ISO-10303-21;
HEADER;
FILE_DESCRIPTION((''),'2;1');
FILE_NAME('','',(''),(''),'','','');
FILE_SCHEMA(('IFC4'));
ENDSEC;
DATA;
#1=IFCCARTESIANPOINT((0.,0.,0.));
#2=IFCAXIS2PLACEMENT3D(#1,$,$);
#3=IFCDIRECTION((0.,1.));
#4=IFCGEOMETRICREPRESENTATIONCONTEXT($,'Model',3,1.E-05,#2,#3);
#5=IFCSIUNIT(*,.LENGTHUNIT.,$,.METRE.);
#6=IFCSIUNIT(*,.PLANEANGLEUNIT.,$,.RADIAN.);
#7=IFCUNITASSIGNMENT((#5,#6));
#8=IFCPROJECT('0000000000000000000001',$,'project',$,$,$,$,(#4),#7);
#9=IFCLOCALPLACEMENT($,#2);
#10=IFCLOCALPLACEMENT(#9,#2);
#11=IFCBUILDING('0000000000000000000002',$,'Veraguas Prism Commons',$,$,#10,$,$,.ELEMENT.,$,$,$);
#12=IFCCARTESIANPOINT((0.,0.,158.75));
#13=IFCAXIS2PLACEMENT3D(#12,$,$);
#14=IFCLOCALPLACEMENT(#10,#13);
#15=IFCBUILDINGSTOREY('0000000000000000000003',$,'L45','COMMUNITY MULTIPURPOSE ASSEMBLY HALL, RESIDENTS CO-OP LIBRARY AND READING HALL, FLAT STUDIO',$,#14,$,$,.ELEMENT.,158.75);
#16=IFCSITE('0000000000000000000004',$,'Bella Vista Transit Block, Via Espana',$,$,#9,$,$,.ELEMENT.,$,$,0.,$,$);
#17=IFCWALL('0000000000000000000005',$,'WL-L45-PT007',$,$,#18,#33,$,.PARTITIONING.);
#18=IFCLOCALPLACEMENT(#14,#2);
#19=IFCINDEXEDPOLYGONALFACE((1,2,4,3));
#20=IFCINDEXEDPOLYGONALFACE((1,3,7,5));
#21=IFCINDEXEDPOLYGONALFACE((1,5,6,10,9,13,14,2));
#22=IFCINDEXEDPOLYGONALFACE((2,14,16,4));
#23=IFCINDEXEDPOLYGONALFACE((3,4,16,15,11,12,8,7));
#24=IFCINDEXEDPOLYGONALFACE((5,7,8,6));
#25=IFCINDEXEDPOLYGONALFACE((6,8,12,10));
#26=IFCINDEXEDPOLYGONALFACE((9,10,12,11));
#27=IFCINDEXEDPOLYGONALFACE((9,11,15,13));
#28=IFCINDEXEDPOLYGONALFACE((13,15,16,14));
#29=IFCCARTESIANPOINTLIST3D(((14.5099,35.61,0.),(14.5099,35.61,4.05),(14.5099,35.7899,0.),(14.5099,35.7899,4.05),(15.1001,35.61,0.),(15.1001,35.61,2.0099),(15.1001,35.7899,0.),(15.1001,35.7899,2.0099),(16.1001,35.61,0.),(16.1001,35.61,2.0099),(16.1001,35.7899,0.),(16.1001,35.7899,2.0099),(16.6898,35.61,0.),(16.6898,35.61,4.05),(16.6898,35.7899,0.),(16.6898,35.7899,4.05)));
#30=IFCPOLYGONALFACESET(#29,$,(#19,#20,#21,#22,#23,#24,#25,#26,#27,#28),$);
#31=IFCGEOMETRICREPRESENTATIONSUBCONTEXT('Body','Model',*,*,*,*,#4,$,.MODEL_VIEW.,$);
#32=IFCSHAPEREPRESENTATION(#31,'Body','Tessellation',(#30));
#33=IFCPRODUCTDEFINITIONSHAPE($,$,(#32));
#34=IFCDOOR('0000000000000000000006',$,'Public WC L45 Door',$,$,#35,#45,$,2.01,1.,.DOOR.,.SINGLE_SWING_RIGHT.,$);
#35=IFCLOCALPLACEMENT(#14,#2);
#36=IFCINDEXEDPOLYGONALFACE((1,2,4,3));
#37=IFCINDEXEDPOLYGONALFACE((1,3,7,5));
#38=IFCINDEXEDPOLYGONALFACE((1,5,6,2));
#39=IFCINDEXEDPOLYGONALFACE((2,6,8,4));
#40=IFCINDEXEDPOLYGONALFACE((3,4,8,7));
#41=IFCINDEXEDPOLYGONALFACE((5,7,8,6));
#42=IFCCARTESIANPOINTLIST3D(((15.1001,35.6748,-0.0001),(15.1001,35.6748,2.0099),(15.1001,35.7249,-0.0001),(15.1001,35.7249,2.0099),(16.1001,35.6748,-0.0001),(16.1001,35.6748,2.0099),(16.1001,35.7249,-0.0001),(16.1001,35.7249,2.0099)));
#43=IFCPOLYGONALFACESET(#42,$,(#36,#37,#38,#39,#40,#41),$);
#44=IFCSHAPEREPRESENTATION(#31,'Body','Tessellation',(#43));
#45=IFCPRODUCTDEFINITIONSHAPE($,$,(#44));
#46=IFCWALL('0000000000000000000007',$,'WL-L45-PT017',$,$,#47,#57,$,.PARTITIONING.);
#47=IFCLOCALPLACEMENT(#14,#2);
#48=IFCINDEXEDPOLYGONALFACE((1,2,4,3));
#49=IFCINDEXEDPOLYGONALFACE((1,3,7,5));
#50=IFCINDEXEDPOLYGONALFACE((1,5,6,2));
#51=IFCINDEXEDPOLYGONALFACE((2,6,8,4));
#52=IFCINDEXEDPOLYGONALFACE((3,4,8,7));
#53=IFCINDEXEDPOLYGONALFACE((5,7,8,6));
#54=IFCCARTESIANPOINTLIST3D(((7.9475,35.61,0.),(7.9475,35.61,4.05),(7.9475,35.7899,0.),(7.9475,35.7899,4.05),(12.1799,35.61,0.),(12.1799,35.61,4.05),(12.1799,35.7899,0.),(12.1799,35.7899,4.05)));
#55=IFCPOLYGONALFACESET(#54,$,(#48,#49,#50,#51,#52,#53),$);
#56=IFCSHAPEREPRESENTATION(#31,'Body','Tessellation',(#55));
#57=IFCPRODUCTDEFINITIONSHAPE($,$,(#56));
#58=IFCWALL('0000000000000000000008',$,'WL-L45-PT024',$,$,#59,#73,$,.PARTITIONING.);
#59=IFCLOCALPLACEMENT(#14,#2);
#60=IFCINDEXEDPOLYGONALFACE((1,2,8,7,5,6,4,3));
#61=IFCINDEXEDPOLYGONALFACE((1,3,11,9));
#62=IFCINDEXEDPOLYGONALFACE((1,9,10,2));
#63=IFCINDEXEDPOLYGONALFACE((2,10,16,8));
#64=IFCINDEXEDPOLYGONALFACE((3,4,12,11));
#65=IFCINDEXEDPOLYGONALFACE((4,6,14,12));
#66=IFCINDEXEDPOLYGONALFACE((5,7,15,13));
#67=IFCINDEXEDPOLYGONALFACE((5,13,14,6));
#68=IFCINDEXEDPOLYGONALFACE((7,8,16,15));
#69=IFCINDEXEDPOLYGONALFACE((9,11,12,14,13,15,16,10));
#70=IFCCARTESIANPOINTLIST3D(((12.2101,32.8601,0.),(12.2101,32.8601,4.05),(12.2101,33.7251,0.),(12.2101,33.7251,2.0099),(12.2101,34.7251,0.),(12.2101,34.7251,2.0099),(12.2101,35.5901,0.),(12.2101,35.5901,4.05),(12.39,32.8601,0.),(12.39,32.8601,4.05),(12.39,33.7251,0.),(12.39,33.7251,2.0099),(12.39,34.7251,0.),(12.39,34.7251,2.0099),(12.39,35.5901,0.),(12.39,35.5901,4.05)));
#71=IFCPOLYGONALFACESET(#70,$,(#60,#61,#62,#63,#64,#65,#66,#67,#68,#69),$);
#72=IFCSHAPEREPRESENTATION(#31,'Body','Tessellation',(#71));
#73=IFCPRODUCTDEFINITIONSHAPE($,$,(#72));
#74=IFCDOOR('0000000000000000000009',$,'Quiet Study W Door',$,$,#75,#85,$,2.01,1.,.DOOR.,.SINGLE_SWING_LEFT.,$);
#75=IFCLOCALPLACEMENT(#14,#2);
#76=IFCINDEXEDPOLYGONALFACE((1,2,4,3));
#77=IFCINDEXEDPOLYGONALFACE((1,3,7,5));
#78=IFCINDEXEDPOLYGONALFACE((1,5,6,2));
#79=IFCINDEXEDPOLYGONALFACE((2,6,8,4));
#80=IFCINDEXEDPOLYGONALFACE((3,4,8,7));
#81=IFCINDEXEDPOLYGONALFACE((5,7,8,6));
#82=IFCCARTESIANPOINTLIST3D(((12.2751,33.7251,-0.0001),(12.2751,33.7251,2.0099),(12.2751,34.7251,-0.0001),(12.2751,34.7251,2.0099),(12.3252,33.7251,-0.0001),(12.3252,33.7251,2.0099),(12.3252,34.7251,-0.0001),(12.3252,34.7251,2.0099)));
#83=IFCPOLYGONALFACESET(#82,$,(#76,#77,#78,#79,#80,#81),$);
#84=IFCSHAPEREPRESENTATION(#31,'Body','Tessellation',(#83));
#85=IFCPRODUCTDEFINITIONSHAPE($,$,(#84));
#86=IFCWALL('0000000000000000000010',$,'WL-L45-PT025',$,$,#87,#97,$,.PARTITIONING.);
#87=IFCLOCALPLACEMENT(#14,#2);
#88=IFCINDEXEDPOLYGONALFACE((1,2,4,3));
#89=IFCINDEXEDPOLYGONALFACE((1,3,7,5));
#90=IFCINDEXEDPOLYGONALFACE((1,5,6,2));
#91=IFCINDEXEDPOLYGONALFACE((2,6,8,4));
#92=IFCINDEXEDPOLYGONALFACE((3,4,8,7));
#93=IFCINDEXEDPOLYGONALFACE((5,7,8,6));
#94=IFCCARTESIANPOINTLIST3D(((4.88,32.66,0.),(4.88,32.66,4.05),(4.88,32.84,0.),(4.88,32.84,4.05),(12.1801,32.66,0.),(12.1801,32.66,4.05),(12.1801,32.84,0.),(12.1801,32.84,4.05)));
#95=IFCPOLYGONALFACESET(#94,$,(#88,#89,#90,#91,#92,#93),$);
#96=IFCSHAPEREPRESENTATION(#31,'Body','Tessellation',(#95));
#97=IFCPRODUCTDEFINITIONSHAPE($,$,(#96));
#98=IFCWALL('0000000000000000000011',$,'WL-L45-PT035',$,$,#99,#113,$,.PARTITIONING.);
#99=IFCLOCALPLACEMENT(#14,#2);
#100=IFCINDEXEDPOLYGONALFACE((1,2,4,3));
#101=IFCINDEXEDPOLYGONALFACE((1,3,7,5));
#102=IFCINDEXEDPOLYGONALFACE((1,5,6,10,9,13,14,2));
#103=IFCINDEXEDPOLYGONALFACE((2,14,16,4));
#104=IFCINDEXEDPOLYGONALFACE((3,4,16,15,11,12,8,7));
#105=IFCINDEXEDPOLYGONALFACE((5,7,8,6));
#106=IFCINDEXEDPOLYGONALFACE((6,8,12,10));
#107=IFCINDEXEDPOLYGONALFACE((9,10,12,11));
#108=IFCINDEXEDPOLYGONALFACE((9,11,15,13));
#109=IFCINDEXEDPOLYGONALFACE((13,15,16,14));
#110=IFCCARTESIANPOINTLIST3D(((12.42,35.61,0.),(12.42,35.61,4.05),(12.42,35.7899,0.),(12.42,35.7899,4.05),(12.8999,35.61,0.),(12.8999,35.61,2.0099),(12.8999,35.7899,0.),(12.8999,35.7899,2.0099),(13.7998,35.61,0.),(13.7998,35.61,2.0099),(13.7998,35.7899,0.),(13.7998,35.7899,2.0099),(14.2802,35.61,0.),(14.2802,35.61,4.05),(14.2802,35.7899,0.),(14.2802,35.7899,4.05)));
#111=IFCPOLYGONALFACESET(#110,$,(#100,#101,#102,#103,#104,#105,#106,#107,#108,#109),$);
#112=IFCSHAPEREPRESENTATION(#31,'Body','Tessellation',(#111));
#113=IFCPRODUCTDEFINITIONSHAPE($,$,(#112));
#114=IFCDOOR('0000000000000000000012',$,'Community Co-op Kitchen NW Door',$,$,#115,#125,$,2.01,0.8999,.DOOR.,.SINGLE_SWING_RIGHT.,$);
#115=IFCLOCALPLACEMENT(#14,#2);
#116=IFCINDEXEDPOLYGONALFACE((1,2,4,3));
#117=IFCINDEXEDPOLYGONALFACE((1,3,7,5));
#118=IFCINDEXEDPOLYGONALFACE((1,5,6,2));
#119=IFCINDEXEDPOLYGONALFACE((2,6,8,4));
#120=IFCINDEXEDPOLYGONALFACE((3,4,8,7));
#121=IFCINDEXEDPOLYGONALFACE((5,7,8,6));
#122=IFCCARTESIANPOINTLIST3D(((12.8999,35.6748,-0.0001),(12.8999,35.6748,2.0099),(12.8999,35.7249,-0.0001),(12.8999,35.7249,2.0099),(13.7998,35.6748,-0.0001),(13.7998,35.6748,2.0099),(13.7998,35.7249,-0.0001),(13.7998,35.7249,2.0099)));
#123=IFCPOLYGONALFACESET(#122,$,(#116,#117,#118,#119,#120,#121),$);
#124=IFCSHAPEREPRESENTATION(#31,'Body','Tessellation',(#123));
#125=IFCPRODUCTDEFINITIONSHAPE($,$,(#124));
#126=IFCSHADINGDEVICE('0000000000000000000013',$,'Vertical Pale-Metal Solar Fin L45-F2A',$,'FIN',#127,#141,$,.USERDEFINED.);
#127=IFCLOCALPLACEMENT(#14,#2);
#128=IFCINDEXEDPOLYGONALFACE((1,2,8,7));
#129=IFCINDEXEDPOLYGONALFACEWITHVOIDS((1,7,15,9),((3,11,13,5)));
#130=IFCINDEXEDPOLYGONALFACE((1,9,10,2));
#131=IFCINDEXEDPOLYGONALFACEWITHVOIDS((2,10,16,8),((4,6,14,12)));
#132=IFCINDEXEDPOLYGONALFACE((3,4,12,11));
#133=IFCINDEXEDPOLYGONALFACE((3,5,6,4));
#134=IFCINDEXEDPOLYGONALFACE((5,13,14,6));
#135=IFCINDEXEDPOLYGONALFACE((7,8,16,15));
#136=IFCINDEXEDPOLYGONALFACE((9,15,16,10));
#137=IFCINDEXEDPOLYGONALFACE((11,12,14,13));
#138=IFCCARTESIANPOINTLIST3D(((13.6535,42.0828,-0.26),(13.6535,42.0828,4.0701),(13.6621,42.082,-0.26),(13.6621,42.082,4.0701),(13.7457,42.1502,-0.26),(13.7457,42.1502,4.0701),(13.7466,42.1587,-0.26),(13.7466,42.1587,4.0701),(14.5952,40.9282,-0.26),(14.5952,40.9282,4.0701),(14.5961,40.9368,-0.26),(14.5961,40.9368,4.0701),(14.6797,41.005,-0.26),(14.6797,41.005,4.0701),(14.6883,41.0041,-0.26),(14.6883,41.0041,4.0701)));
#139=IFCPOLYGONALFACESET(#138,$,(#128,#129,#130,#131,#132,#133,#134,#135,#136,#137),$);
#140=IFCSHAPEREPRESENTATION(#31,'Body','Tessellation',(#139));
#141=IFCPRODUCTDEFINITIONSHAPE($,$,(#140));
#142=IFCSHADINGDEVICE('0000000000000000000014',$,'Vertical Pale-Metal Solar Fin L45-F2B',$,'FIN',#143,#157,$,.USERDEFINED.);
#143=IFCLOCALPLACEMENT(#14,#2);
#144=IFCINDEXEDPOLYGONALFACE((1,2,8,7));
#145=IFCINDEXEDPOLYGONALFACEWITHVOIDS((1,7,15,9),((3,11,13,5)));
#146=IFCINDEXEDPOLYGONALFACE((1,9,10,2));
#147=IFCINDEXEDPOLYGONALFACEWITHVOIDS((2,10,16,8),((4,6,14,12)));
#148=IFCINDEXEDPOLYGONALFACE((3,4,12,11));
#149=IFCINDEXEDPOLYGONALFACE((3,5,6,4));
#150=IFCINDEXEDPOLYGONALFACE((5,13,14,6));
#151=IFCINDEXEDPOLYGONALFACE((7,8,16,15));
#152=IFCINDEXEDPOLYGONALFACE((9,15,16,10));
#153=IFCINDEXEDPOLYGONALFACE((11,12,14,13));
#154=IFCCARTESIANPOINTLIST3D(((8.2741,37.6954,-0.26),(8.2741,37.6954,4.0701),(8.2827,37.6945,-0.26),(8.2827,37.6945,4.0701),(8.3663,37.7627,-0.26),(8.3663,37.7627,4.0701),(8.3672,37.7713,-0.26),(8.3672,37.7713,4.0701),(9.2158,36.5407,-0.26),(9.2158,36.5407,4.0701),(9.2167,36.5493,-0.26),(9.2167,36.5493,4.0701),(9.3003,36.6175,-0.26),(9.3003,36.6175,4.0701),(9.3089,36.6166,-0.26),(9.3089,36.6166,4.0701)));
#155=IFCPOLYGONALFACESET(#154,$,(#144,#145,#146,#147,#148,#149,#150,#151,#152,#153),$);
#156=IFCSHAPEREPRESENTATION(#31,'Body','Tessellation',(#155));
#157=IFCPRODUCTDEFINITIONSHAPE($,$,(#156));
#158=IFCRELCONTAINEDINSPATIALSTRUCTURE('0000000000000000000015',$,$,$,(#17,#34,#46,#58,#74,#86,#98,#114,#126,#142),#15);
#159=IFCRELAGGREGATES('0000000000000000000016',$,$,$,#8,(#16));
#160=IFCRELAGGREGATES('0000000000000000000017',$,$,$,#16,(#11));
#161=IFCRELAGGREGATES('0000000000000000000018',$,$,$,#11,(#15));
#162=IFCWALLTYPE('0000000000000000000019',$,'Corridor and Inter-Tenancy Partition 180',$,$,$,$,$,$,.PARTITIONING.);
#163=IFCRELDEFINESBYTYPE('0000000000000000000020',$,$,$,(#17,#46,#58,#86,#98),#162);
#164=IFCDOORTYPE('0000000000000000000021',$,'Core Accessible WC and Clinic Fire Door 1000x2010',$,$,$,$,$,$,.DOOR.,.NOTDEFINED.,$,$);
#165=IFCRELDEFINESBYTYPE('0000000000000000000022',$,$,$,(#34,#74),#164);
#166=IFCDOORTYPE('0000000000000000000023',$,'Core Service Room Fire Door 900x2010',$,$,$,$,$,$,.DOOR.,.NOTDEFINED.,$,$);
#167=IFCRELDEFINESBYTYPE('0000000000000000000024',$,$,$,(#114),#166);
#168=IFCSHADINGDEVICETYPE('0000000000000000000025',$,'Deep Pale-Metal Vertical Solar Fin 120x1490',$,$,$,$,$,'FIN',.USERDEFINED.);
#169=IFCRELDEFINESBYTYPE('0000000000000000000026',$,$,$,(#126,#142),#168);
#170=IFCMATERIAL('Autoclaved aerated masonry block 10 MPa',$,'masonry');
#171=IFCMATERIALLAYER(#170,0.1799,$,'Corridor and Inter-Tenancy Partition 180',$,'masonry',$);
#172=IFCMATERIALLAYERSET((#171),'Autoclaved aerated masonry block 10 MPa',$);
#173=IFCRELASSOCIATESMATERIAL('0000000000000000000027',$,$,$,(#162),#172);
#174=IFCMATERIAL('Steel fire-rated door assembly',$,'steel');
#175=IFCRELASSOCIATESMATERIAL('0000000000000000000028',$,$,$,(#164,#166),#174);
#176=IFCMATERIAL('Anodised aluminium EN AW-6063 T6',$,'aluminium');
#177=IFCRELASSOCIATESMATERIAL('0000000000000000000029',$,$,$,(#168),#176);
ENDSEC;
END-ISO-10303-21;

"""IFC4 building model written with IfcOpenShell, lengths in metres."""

from ifc_helpers import new_model, si_unit, direction, frame, frame_2d, origin, origin_2d, place, context, subcontext, project, spatial, rectangle, hollow_rectangle, extrude, source, transform, mapped, material, layer, layer_set, material_profile, profile_set, type_object, element, fill, save


model = new_model("IFC4")

# Units and contexts
model_context = context("Model", 3, precision=1e-05, world=origin(), true_north=direction((0.0, 1.0)))
body_context = subcontext(model_context, "Body", "Model", "MODEL_VIEW")
ifc_project = project(units=[si_unit("LENGTHUNIT", "METRE"), si_unit("PLANEANGLEUNIT", "RADIAN")], contexts=[model_context])

# Site, building, storey
site_placement = place(None, origin())
site = spatial("IfcSite", under=ifc_project, at=site_placement, Name="Bella Vista Transit Block, Via Espana", CompositionType="ELEMENT", RefElevation=0.0)
building_placement = place(site_placement, origin())
building = spatial("IfcBuilding", under=site, at=building_placement, Name="Veraguas Prism Commons", CompositionType="ELEMENT")
storey_placement = place(building_placement, frame((0.0, 0.0, 158.75)))
storey = spatial("IfcBuildingStorey", under=building, at=storey_placement, Name="L45", Description="COMMUNITY MULTIPURPOSE ASSEMBLY HALL, RESIDENTS CO-OP LIBRARY AND READING HALL, FLAT STUDIO", CompositionType="ELEMENT", Elevation=158.75)

# Shared definitions
ifc_material_1 = material(Name="Anodised aluminium EN AW-6063 T6", Category="aluminium")

# Shared definitions
ifc_material_2 = material(Name="Autoclaved aerated masonry block 10 MPa", Category="masonry")
ifc_layer_1 = layer(ifc_material_2, 0.1799, Name="Corridor and Inter-Tenancy Partition 180", Category="masonry")
ifc_layer_set_1 = layer_set([ifc_layer_1], Name="Autoclaved aerated masonry block 10 MPa")
wall_type = type_object("IfcWallType", Name="Corridor and Inter-Tenancy Partition 180", PredefinedType="PARTITIONING", material=ifc_layer_set_1)

# Wall, opening, door
wall_1_placement = place(storey_placement, frame((14.51, 35.7, 0.0), z_axis=(0.0, 0.0, 1.0), x_axis=(1.0, 0.0, 0.0)))
wall_1 = element("IfcWall", 1, at=wall_1_placement, inside=storey, type_object=wall_type, Name="WL-L45-PT007", PredefinedType="PARTITIONING", context=body_context, shape_type="SweptSolid", body=[
    extrude(rectangle(XDim=2.1799, YDim=0.1799, at=frame_2d((1.0898, 0.0))), origin(), (0.0, 0.0, 1.0), 4.05),
])
opening_1_placement = place(wall_1_placement, frame((0.5901, 0.0, 0.0)))
opening_1 = element("IfcOpeningElement", 2, at=opening_1_placement, cuts=wall_1, PredefinedType="OPENING", context=body_context, shape_type="SweptSolid", body=[
    extrude(rectangle(XDim=1.0, YDim=2.01, at=frame_2d((0.5, 1.0049))), frame((0.0, 0.0999, 0.0), z_axis=(0.0, -1.0, 0.0), x_axis=(1.0, 0.0, 0.0)), (0.0, 0.0, 1.0), 0.2),
])
ifc_material_3 = material(Name="Steel fire-rated door assembly", Category="steel")
door_type_1 = type_object("IfcDoorType", Name="Core Accessible WC and Clinic Fire Door 1000x2010", OperationType="NOTDEFINED", PredefinedType="DOOR", material=ifc_material_3)
shared_shape_1 = source(origin(), body_context, "Body", "SweptSolid", [
    extrude(rectangle(XDim=1.0, YDim=2.01, at=frame_2d((0.5, 1.0049))), frame((0.0, 0.0249, 0.0), z_axis=(0.0, -1.0, 0.0), x_axis=(1.0, 0.0, 0.0)), (0.0, 0.0, 1.0), 0.05),
])
door_1_placement = place(opening_1_placement, origin())
door_1 = element("IfcDoor", 3, at=door_1_placement, inside=storey, type_object=door_type_1, Name="Public WC L45 Door", OperationType="SINGLE_SWING_RIGHT", OverallHeight=2.01, OverallWidth=1.0, PredefinedType="DOOR", context=body_context, shape_type="MappedRepresentation", body=[
    mapped(shared_shape_1, transform((0.0, 0.0, 0.0), scale=1.0)),
])
fill(opening_1, door_1)

# Wall
wall_2_placement = place(storey_placement, frame((12.1799, 35.7, 0.0), z_axis=(0.0, 0.0, 1.0), x_axis=(-1.0, 0.0, 0.0)))
element("IfcWall", 4, at=wall_2_placement, inside=storey, type_object=wall_type, Name="WL-L45-PT017", PredefinedType="PARTITIONING", context=body_context, shape_type="SweptSolid", body=[
    extrude(rectangle(XDim=4.2324, YDim=0.1799, at=frame_2d((2.1162, 0.0))), origin(), (0.0, 0.0, 1.0), 4.05),
])

# Wall, opening, door
wall_3_placement = place(storey_placement, frame((12.3, 32.8601, 0.0), z_axis=(0.0, 0.0, 1.0), x_axis=(0.0, 1.0, 0.0)))
wall_3 = element("IfcWall", 5, at=wall_3_placement, inside=storey, type_object=wall_type, Name="WL-L45-PT024", PredefinedType="PARTITIONING", context=body_context, shape_type="SweptSolid", body=[
    extrude(rectangle(XDim=2.73, YDim=0.1799, at=frame_2d((1.365, 0.0))), origin(), (0.0, 0.0, 1.0), 4.05),
])
opening_2_placement = place(wall_3_placement, frame((0.865, 0.0, 0.0)))
opening_2 = element("IfcOpeningElement", 6, at=opening_2_placement, cuts=wall_3, PredefinedType="OPENING", context=body_context, shape_type="SweptSolid", body=[
    extrude(rectangle(XDim=1.0, YDim=2.01, at=frame_2d((0.5, 1.0049))), frame((0.0, 0.0999, 0.0), z_axis=(0.0, -1.0, 0.0), x_axis=(1.0, 0.0, 0.0)), (0.0, 0.0, 1.0), 0.2),
])
door_2_placement = place(opening_2_placement, origin())
door_2 = element("IfcDoor", 7, at=door_2_placement, inside=storey, type_object=door_type_1, Name="Quiet Study W Door", OperationType="SINGLE_SWING_LEFT", OverallHeight=2.01, OverallWidth=1.0, PredefinedType="DOOR", context=body_context, shape_type="MappedRepresentation", body=[
    mapped(shared_shape_1, transform((0.0, 0.0, 0.0), scale=1.0)),
])
fill(opening_2, door_2)

# Wall
wall_4_placement = place(storey_placement, frame((12.1799, 32.75, 0.0), z_axis=(0.0, 0.0, 1.0), x_axis=(-1.0, 0.0, 0.0)))
element("IfcWall", 8, at=wall_4_placement, inside=storey, type_object=wall_type, Name="WL-L45-PT025", PredefinedType="PARTITIONING", context=body_context, shape_type="SweptSolid", body=[
    extrude(rectangle(XDim=7.3, YDim=0.1799, at=frame_2d((3.6499, 0.0))), origin(), (0.0, 0.0, 1.0), 4.05),
])

# Wall, opening, door
wall_5_placement = place(storey_placement, frame((12.4199, 35.7, 0.0), z_axis=(0.0, 0.0, 1.0), x_axis=(1.0, 0.0, 0.0)))
wall_5 = element("IfcWall", 9, at=wall_5_placement, inside=storey, type_object=wall_type, Name="WL-L45-PT035", PredefinedType="PARTITIONING", context=body_context, shape_type="SweptSolid", body=[
    extrude(rectangle(XDim=1.8601, YDim=0.1799, at=frame_2d((0.9302, 0.0))), origin(), (0.0, 0.0, 1.0), 4.05),
])
opening_3_placement = place(wall_5_placement, frame((0.48, 0.0, 0.0)))
opening_3 = element("IfcOpeningElement", 10, at=opening_3_placement, cuts=wall_5, PredefinedType="OPENING", context=body_context, shape_type="SweptSolid", body=[
    extrude(rectangle(XDim=0.8999, YDim=2.01, at=frame_2d((0.45, 1.0049))), frame((0.0, 0.0999, 0.0), z_axis=(0.0, -1.0, 0.0), x_axis=(1.0, 0.0, 0.0)), (0.0, 0.0, 1.0), 0.2),
])
door_type_2 = type_object("IfcDoorType", Name="Core Service Room Fire Door 900x2010", OperationType="NOTDEFINED", PredefinedType="DOOR", material=ifc_material_3)
shared_shape_2 = source(origin(), body_context, "Body", "SweptSolid", [
    extrude(rectangle(XDim=0.8999, YDim=2.01, at=frame_2d((0.45, 1.0049))), frame((0.0, 0.0249, 0.0), z_axis=(0.0, -1.0, 0.0), x_axis=(1.0, 0.0, 0.0)), (0.0, 0.0, 1.0), 0.05),
])
door_3_placement = place(opening_3_placement, origin())
door_3 = element("IfcDoor", 11, at=door_3_placement, inside=storey, type_object=door_type_2, Name="Community Co-op Kitchen NW Door", OperationType="SINGLE_SWING_RIGHT", OverallHeight=2.01, OverallWidth=0.8999, PredefinedType="DOOR", context=body_context, shape_type="MappedRepresentation", body=[
    mapped(shared_shape_2, transform((0.0, 0.0, 0.0), scale=1.0)),
])
fill(opening_3, door_3)

# Shading devices
ifc_material_profile_1 = material_profile(ifc_material_1, hollow_rectangle(XDim=0.1201, YDim=1.49, WallThickness=0.0061, at=origin_2d()), Name="FIN120X1490X6")
ifc_profile_set_1 = profile_set([ifc_material_profile_1], Name="Anodised aluminium EN AW-6063 T6")
shading_device_type = type_object("IfcShadingDeviceType", Name="Deep Pale-Metal Vertical Solar Fin 120x1490", ElementType="FIN", PredefinedType="USERDEFINED", material=ifc_profile_set_1)
for number, where, z_axis, x_axis, name in (
    (12, (14.1709, 41.5435, -0.26), (0.0, 0.0, 1.0), (-0.774944, -0.632029, 0.0), "Vertical Pale-Metal Solar Fin L45-F2A"),
    (13, (8.7915, 37.156, -0.26), (0.0, 0.0, 1.0), (-0.774944, -0.632029, 0.0), "Vertical Pale-Metal Solar Fin L45-F2B"),
):
    element("IfcShadingDevice", number, at=place(storey_placement, frame(where, z_axis=z_axis, x_axis=x_axis)), inside=storey, type_object=shading_device_type, Name=name, ObjectType="FIN", PredefinedType="USERDEFINED", context=body_context, shape_type="SweptSolid", body=[
        extrude(hollow_rectangle(XDim=0.1201, YDim=1.49, WallThickness=0.0061, at=origin_2d()), origin(), (0.0, 0.0, 1.0), 4.3301),
    ])

save(model, "model.ifc")
